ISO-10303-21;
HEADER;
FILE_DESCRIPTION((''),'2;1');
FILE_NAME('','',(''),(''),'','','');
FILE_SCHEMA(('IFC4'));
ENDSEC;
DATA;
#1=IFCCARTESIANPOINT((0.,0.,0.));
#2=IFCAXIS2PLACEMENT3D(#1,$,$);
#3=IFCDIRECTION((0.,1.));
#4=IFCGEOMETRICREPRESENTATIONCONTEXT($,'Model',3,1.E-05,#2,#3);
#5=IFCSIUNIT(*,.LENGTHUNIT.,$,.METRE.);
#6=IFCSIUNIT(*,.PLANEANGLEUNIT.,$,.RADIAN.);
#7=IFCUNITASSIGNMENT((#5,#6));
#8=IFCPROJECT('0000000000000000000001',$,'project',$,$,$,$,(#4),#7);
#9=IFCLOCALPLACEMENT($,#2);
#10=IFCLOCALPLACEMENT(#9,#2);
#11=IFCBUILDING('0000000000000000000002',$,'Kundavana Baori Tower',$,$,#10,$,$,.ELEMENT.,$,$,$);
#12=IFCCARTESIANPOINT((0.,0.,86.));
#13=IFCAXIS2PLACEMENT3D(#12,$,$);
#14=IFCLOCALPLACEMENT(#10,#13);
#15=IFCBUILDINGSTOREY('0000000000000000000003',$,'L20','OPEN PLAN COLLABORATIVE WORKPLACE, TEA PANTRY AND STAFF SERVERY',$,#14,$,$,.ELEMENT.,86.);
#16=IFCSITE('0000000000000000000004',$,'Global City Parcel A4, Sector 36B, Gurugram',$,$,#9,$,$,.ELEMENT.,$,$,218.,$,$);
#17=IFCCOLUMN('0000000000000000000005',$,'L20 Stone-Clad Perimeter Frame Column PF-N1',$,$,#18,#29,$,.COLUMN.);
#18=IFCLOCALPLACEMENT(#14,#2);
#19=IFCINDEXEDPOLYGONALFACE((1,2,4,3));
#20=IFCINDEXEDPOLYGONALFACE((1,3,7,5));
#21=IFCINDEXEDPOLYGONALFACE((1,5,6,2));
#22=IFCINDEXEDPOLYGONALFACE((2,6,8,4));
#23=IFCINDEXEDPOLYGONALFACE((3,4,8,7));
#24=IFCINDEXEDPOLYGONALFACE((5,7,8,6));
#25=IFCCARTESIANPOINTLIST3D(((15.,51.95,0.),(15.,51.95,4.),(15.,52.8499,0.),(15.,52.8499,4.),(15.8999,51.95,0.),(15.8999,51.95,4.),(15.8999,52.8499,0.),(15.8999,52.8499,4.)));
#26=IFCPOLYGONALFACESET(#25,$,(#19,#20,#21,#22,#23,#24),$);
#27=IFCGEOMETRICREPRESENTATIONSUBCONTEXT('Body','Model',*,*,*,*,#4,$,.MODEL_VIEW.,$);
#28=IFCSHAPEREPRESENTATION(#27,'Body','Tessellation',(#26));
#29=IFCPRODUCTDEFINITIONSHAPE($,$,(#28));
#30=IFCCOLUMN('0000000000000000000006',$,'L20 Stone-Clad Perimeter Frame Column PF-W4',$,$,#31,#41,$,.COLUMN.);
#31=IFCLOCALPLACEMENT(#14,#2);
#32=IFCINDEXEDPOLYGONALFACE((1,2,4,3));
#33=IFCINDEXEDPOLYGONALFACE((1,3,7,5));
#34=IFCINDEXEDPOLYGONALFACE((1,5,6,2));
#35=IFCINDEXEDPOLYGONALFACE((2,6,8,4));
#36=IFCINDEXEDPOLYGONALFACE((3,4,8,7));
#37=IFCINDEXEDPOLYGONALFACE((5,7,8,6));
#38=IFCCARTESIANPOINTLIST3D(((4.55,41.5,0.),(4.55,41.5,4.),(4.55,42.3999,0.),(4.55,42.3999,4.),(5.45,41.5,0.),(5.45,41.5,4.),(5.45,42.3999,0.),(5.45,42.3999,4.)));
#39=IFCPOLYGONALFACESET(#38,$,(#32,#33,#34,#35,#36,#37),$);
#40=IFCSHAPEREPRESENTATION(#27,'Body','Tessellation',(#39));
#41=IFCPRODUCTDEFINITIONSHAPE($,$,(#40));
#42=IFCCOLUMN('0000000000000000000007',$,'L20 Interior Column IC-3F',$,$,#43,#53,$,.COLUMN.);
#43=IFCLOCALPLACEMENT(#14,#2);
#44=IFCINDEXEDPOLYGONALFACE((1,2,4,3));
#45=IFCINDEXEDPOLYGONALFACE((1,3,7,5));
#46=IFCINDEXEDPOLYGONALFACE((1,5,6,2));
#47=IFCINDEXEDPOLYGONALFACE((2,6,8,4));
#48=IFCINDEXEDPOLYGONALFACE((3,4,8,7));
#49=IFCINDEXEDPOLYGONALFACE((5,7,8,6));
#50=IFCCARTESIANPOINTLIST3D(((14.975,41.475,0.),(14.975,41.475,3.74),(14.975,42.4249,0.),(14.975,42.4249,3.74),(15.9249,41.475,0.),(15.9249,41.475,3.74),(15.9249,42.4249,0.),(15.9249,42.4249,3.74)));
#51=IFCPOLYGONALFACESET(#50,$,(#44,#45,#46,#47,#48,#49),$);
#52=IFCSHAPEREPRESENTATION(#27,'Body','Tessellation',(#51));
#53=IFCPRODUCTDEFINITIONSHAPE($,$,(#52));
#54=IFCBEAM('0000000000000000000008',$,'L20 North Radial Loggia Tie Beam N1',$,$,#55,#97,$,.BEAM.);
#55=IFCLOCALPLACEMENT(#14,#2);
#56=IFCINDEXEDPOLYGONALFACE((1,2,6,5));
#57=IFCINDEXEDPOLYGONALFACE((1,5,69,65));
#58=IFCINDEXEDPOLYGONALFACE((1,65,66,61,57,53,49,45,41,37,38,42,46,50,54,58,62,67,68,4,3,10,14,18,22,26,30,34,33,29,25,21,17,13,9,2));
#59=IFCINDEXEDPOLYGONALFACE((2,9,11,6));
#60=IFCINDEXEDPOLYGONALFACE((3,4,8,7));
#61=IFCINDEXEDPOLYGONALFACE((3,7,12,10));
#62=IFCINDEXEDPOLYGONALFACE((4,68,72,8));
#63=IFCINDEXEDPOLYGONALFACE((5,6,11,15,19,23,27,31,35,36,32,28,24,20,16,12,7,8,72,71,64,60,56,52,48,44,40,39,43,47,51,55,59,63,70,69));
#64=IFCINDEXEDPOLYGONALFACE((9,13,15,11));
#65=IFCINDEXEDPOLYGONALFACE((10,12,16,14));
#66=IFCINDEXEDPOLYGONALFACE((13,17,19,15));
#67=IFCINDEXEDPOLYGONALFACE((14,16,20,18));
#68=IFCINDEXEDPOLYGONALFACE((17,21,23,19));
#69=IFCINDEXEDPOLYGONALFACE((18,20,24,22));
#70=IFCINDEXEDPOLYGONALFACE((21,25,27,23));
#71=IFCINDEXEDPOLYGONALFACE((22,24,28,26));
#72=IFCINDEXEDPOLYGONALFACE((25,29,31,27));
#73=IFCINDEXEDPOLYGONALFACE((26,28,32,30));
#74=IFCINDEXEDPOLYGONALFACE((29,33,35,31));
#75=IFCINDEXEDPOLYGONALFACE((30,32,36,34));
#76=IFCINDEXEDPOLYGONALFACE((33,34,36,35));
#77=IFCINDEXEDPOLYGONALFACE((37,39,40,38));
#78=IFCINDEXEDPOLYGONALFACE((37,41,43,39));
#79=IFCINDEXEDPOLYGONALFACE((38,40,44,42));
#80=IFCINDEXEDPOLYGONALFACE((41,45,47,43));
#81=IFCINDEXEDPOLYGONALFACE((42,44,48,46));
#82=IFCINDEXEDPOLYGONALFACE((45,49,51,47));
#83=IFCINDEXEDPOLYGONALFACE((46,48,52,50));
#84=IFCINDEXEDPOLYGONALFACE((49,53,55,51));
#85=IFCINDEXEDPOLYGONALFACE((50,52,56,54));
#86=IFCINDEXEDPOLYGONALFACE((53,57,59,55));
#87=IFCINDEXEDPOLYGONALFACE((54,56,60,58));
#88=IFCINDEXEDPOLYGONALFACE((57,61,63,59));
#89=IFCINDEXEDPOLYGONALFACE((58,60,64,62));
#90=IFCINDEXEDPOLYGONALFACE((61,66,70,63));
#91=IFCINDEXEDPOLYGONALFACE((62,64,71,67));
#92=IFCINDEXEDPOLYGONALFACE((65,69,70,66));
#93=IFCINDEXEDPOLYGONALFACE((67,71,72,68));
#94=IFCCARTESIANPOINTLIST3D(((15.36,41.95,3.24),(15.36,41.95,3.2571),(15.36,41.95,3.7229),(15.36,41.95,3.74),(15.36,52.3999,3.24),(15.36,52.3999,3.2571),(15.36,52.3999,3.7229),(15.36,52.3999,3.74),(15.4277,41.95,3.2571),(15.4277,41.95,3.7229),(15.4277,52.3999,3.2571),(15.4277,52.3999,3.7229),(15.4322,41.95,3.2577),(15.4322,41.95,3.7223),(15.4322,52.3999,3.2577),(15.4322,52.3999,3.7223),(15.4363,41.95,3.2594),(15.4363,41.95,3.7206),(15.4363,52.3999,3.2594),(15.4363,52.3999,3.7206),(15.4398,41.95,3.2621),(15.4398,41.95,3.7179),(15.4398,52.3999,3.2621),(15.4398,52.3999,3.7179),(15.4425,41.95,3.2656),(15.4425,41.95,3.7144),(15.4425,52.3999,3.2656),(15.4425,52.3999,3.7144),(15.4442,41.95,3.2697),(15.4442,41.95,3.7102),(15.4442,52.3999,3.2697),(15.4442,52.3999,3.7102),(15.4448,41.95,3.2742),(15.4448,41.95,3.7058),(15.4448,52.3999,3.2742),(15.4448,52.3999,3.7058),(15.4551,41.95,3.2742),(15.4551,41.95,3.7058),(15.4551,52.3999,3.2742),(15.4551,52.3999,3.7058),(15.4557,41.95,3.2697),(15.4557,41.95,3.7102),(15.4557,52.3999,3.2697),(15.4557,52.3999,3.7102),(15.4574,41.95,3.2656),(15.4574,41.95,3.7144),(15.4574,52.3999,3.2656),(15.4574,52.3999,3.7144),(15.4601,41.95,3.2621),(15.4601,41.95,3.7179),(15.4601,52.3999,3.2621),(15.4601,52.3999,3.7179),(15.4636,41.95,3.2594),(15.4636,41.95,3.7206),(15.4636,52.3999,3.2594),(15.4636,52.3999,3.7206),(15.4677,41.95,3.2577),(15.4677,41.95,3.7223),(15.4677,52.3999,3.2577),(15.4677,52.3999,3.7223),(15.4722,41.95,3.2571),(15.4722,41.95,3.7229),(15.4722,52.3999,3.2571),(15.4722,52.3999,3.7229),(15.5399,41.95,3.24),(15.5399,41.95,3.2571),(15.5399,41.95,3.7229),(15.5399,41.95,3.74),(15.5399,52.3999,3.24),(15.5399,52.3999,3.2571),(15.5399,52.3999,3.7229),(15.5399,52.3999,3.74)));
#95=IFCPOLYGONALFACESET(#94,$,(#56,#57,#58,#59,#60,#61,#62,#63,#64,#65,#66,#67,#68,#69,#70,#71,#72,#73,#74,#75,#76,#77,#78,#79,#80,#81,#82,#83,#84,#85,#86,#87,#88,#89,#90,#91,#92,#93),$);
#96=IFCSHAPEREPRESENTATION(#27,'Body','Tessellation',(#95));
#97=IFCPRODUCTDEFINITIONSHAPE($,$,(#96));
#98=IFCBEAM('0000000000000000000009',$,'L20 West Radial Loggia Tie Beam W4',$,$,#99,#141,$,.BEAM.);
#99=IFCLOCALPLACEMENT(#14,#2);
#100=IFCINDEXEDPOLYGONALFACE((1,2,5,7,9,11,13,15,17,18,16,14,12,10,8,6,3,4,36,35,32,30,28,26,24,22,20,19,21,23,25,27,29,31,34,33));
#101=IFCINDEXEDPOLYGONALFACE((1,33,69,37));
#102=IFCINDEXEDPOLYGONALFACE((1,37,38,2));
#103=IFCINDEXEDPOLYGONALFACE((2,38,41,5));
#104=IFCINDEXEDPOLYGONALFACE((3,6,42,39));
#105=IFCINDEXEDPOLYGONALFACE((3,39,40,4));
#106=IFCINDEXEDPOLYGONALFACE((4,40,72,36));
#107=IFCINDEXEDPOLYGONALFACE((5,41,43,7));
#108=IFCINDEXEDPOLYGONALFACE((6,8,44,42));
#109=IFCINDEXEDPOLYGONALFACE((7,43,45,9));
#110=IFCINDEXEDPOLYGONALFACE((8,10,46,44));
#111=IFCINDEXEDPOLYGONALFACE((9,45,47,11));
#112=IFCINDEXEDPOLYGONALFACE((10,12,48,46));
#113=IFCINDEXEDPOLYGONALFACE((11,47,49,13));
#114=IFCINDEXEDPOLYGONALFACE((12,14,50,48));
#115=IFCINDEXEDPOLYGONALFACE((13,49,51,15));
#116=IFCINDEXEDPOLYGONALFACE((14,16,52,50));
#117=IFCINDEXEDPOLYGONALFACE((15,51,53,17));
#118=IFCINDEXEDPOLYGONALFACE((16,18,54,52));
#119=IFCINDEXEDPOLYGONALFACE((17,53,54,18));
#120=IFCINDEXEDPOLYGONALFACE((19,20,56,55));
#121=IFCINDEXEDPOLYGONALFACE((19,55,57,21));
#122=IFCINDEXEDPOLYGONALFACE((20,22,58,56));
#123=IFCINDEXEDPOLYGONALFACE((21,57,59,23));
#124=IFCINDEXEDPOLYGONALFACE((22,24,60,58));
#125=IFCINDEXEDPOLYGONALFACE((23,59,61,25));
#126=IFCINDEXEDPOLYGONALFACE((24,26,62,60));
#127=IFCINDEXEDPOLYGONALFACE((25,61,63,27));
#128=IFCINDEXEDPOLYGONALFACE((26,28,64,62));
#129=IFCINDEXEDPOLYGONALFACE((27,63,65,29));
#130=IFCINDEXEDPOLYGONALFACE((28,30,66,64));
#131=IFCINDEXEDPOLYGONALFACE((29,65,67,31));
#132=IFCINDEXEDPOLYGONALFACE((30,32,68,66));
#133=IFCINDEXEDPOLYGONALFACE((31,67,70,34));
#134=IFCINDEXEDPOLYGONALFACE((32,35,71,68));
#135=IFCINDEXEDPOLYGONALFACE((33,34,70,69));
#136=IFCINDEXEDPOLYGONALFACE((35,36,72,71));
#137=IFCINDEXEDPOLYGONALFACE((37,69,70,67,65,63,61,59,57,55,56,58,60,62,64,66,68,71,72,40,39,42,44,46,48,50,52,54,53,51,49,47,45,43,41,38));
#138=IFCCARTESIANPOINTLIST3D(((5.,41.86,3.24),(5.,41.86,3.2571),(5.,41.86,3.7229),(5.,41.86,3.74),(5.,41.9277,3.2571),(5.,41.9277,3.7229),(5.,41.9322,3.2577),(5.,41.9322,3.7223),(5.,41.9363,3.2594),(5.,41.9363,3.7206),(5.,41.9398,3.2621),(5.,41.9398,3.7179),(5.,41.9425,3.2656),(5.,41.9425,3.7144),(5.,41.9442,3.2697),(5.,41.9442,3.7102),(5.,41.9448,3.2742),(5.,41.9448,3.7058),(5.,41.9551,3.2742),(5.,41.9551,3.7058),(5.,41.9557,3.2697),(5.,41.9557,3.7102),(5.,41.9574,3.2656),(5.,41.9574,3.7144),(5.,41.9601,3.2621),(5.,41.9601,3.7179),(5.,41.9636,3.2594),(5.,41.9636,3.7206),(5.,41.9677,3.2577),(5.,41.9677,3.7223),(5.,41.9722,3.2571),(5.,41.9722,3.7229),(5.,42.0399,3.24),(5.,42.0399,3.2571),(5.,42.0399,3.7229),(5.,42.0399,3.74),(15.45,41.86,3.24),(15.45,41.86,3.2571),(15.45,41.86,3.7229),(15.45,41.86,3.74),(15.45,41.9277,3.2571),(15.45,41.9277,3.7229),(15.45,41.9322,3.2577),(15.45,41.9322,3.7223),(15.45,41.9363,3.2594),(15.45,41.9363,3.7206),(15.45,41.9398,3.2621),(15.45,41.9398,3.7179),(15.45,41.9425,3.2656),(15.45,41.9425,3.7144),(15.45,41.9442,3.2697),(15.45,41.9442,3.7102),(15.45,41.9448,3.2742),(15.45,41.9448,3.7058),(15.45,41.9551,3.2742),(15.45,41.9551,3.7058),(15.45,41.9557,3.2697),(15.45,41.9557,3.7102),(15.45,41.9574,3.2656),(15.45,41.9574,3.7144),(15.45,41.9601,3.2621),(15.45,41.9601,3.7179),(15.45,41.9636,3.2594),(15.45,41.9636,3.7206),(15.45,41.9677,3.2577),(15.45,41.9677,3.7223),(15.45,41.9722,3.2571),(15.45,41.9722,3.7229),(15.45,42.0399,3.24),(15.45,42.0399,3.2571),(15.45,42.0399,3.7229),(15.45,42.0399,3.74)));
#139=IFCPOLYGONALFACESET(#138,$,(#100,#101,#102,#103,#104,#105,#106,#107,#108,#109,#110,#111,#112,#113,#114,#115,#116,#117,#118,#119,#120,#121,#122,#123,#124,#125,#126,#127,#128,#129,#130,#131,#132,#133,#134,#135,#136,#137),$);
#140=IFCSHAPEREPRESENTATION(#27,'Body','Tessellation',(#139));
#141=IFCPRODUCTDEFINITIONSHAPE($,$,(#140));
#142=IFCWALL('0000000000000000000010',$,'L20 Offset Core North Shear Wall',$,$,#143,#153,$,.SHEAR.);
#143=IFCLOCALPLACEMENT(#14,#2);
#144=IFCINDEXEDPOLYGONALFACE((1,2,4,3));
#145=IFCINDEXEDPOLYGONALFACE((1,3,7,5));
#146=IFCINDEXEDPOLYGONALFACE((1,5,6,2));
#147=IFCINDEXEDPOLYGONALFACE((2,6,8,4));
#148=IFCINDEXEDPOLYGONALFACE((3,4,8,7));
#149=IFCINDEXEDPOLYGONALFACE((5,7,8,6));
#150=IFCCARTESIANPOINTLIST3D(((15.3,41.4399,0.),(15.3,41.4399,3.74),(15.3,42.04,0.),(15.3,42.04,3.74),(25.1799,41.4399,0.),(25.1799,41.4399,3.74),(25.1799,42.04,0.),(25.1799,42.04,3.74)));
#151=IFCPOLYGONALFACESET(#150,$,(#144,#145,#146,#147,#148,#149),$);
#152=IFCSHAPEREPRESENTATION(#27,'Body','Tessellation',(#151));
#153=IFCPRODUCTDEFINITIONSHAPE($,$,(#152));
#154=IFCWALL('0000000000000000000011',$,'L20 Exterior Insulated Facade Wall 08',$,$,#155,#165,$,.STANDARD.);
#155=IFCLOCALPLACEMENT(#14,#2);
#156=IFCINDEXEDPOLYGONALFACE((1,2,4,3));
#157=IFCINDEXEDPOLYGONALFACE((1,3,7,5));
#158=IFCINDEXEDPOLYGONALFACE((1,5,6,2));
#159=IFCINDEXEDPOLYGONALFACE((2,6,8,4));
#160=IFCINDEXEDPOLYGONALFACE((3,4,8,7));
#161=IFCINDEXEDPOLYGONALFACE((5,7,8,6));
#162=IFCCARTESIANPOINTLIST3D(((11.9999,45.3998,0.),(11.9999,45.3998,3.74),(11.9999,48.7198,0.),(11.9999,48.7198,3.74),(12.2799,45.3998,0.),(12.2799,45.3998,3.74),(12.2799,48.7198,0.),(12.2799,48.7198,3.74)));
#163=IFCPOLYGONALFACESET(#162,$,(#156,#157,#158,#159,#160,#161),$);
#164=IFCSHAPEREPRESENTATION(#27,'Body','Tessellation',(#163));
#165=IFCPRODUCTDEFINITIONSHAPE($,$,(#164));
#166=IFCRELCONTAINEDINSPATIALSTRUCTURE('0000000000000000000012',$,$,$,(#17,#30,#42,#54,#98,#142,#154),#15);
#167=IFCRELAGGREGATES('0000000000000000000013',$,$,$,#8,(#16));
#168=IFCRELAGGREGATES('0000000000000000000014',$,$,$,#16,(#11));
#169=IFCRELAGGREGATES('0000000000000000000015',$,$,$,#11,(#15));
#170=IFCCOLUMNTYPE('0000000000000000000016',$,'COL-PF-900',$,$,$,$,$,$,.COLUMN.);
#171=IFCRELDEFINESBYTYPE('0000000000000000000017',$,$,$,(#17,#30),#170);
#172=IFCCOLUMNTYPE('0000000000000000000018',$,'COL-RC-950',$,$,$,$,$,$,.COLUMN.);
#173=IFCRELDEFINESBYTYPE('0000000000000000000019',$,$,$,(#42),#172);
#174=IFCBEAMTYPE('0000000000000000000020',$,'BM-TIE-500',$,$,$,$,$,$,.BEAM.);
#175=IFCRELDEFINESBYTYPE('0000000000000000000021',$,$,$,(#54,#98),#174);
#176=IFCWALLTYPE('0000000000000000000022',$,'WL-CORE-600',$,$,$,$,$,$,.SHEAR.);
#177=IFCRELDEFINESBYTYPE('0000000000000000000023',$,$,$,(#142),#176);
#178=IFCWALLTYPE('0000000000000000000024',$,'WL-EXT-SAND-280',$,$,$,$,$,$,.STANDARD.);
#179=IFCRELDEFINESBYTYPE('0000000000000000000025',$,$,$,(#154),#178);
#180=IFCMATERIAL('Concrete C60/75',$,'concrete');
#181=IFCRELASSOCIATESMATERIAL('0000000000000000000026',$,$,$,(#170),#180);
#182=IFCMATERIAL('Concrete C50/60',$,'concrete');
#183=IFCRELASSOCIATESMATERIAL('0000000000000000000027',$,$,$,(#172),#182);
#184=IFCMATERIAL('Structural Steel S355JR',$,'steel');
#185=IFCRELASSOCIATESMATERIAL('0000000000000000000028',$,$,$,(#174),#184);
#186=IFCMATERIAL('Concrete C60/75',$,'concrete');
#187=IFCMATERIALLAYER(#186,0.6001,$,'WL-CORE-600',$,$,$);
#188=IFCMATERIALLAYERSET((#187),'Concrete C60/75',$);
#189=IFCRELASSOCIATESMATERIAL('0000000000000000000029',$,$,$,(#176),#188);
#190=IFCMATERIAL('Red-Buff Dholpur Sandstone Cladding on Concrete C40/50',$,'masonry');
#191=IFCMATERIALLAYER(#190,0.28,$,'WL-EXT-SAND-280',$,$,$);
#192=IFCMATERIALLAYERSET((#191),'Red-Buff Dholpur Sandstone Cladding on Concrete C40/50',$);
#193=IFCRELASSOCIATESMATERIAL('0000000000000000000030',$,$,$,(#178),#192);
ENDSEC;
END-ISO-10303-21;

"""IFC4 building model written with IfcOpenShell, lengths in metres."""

from ifc_helpers import new_model, si_unit, direction, frame, frame_2d, origin, origin_2d, place, context, subcontext, project, spatial, rectangle, i_section, extrude, material, layer, layer_set, material_profile, profile_set, type_object, element, save


model = new_model("IFC4")

# Units and contexts
model_context = context("Model", 3, precision=1e-05, world=origin(), true_north=direction((0.0, 1.0)))
body_context = subcontext(model_context, "Body", "Model", "MODEL_VIEW")
ifc_project = project(units=[si_unit("LENGTHUNIT", "METRE"), si_unit("PLANEANGLEUNIT", "RADIAN")], contexts=[model_context])

# Site, building, storey
site_placement = place(None, origin())
site = spatial("IfcSite", under=ifc_project, at=site_placement, Name="Global City Parcel A4, Sector 36B, Gurugram", CompositionType="ELEMENT", RefElevation=218.0)
building_placement = place(site_placement, origin())
building = spatial("IfcBuilding", under=site, at=building_placement, Name="Kundavana Baori Tower", CompositionType="ELEMENT")
storey_placement = place(building_placement, frame((0.0, 0.0, 86.0)))
storey = spatial("IfcBuildingStorey", under=building, at=storey_placement, Name="L20", Description="OPEN PLAN COLLABORATIVE WORKPLACE, TEA PANTRY AND STAFF SERVERY", CompositionType="ELEMENT", Elevation=86.0)

# Columns
ifc_material_1 = material(Name="Concrete C60/75", Category="concrete")
ifc_material_profile_1 = material_profile(ifc_material_1, rectangle(XDim=0.8999, YDim=0.8999, at=origin_2d()), Name="RC PF 900x900")
ifc_profile_set_1 = profile_set([ifc_material_profile_1], Name="Concrete C60/75")
column_type_1 = type_object("IfcColumnType", Name="COL-PF-900", PredefinedType="COLUMN", material=ifc_profile_set_1)
for number, where, z_axis, x_axis, name in (
    (1, (15.45, 52.3999, 0.0), (0.0, 0.0, 1.0), (1.0, 0.0, 0.0), "L20 Stone-Clad Perimeter Frame Column PF-N1"),
    (2, (5.0, 41.95, 0.0), (0.0, 0.0, 1.0), (1.0, 0.0, 0.0), "L20 Stone-Clad Perimeter Frame Column PF-W4"),
):
    element("IfcColumn", number, at=place(storey_placement, frame(where, z_axis=z_axis, x_axis=x_axis)), inside=storey, type_object=column_type_1, Name=name, PredefinedType="COLUMN", context=body_context, shape_type="SweptSolid", body=[
        extrude(rectangle(XDim=0.8999, YDim=0.8999, at=origin_2d()), origin(), (0.0, 0.0, 1.0), 4.0),
    ])
ifc_material_2 = material(Name="Concrete C50/60", Category="concrete")
ifc_material_profile_2 = material_profile(ifc_material_2, rectangle(XDim=0.95, YDim=0.95, at=origin_2d()), Name="RC 950x950")
ifc_profile_set_2 = profile_set([ifc_material_profile_2], Name="Concrete C50/60")
column_type_2 = type_object("IfcColumnType", Name="COL-RC-950", PredefinedType="COLUMN", material=ifc_profile_set_2)
column_placement = place(storey_placement, frame((15.45, 41.95, 0.0), z_axis=(0.0, 0.0, 1.0), x_axis=(1.0, 0.0, 0.0)))
element("IfcColumn", 3, at=column_placement, inside=storey, type_object=column_type_2, Name="L20 Interior Column IC-3F", PredefinedType="COLUMN", context=body_context, shape_type="SweptSolid", body=[
    extrude(rectangle(XDim=0.95, YDim=0.95, at=origin_2d()), origin(), (0.0, 0.0, 1.0), 3.74),
])

# Beams
ifc_material_3 = material(Name="Structural Steel S355JR", Category="steel")
ifc_material_profile_3 = material_profile(ifc_material_3, i_section(OverallWidth=0.1799, OverallDepth=0.5, WebThickness=0.0103, FlangeThickness=0.0171, FilletRadius=0.0171, at=origin_2d()), Name="ISMB 500")
ifc_profile_set_3 = profile_set([ifc_material_profile_3], Name="Structural Steel S355JR")
beam_type = type_object("IfcBeamType", Name="BM-TIE-500", PredefinedType="BEAM", material=ifc_profile_set_3)
for number, where, z_axis, x_axis, name in (
    (4, (15.45, 41.95, 3.49), (0.0, 1.0, 0.0), (-1.0, 0.0, 0.0), "L20 North Radial Loggia Tie Beam N1"),
    (5, (15.45, 41.95, 3.49), (-1.0, 0.0, 0.0), (0.0, -1.0, 0.0), "L20 West Radial Loggia Tie Beam W4"),
):
    element("IfcBeam", number, at=place(storey_placement, frame(where, z_axis=z_axis, x_axis=x_axis)), inside=storey, type_object=beam_type, Name=name, PredefinedType="BEAM", context=body_context, shape_type="SweptSolid", body=[
        extrude(i_section(OverallWidth=0.1799, OverallDepth=0.5, WebThickness=0.0103, FlangeThickness=0.0171, FilletRadius=0.0171, at=origin_2d()), origin(), (0.0, 0.0, 1.0), 10.45),
    ])

# Walls
ifc_material_4 = material(Name="Concrete C60/75", Category="concrete")
ifc_layer_1 = layer(ifc_material_4, 0.6001, Name="WL-CORE-600")
ifc_layer_set_1 = layer_set([ifc_layer_1], Name="Concrete C60/75")
wall_type_1 = type_object("IfcWallType", Name="WL-CORE-600", PredefinedType="SHEAR", material=ifc_layer_set_1)
wall_1_placement = place(storey_placement, frame((15.3, 41.74, 0.0), z_axis=(0.0, 0.0, 1.0), x_axis=(1.0, 0.0, 0.0)))
element("IfcWall", 6, at=wall_1_placement, inside=storey, type_object=wall_type_1, Name="L20 Offset Core North Shear Wall", PredefinedType="SHEAR", context=body_context, shape_type="SweptSolid", body=[
    extrude(rectangle(XDim=9.8799, YDim=0.6001, at=frame_2d((4.9399, 0.0))), origin(), (0.0, 0.0, 1.0), 3.74),
])
ifc_material_5 = material(Name="Red-Buff Dholpur Sandstone Cladding on Concrete C40/50", Category="masonry")
ifc_layer_2 = layer(ifc_material_5, 0.28, Name="WL-EXT-SAND-280")
ifc_layer_set_2 = layer_set([ifc_layer_2], Name="Red-Buff Dholpur Sandstone Cladding on Concrete C40/50")
wall_type_2 = type_object("IfcWallType", Name="WL-EXT-SAND-280", PredefinedType="STANDARD", material=ifc_layer_set_2)
wall_2_placement = place(storey_placement, frame((12.1399, 48.72, 0.0), z_axis=(0.0, 0.0, 1.0), x_axis=(0.0, -1.0, 0.0)))
element("IfcWall", 7, at=wall_2_placement, inside=storey, type_object=wall_type_2, Name="L20 Exterior Insulated Facade Wall 08", PredefinedType="STANDARD", context=body_context, shape_type="SweptSolid", body=[
    extrude(rectangle(XDim=3.3201, YDim=0.28, at=frame_2d((1.6602, 0.0))), origin(), (0.0, 0.0, 1.0), 3.74),
])

save(model, "model.ifc")
